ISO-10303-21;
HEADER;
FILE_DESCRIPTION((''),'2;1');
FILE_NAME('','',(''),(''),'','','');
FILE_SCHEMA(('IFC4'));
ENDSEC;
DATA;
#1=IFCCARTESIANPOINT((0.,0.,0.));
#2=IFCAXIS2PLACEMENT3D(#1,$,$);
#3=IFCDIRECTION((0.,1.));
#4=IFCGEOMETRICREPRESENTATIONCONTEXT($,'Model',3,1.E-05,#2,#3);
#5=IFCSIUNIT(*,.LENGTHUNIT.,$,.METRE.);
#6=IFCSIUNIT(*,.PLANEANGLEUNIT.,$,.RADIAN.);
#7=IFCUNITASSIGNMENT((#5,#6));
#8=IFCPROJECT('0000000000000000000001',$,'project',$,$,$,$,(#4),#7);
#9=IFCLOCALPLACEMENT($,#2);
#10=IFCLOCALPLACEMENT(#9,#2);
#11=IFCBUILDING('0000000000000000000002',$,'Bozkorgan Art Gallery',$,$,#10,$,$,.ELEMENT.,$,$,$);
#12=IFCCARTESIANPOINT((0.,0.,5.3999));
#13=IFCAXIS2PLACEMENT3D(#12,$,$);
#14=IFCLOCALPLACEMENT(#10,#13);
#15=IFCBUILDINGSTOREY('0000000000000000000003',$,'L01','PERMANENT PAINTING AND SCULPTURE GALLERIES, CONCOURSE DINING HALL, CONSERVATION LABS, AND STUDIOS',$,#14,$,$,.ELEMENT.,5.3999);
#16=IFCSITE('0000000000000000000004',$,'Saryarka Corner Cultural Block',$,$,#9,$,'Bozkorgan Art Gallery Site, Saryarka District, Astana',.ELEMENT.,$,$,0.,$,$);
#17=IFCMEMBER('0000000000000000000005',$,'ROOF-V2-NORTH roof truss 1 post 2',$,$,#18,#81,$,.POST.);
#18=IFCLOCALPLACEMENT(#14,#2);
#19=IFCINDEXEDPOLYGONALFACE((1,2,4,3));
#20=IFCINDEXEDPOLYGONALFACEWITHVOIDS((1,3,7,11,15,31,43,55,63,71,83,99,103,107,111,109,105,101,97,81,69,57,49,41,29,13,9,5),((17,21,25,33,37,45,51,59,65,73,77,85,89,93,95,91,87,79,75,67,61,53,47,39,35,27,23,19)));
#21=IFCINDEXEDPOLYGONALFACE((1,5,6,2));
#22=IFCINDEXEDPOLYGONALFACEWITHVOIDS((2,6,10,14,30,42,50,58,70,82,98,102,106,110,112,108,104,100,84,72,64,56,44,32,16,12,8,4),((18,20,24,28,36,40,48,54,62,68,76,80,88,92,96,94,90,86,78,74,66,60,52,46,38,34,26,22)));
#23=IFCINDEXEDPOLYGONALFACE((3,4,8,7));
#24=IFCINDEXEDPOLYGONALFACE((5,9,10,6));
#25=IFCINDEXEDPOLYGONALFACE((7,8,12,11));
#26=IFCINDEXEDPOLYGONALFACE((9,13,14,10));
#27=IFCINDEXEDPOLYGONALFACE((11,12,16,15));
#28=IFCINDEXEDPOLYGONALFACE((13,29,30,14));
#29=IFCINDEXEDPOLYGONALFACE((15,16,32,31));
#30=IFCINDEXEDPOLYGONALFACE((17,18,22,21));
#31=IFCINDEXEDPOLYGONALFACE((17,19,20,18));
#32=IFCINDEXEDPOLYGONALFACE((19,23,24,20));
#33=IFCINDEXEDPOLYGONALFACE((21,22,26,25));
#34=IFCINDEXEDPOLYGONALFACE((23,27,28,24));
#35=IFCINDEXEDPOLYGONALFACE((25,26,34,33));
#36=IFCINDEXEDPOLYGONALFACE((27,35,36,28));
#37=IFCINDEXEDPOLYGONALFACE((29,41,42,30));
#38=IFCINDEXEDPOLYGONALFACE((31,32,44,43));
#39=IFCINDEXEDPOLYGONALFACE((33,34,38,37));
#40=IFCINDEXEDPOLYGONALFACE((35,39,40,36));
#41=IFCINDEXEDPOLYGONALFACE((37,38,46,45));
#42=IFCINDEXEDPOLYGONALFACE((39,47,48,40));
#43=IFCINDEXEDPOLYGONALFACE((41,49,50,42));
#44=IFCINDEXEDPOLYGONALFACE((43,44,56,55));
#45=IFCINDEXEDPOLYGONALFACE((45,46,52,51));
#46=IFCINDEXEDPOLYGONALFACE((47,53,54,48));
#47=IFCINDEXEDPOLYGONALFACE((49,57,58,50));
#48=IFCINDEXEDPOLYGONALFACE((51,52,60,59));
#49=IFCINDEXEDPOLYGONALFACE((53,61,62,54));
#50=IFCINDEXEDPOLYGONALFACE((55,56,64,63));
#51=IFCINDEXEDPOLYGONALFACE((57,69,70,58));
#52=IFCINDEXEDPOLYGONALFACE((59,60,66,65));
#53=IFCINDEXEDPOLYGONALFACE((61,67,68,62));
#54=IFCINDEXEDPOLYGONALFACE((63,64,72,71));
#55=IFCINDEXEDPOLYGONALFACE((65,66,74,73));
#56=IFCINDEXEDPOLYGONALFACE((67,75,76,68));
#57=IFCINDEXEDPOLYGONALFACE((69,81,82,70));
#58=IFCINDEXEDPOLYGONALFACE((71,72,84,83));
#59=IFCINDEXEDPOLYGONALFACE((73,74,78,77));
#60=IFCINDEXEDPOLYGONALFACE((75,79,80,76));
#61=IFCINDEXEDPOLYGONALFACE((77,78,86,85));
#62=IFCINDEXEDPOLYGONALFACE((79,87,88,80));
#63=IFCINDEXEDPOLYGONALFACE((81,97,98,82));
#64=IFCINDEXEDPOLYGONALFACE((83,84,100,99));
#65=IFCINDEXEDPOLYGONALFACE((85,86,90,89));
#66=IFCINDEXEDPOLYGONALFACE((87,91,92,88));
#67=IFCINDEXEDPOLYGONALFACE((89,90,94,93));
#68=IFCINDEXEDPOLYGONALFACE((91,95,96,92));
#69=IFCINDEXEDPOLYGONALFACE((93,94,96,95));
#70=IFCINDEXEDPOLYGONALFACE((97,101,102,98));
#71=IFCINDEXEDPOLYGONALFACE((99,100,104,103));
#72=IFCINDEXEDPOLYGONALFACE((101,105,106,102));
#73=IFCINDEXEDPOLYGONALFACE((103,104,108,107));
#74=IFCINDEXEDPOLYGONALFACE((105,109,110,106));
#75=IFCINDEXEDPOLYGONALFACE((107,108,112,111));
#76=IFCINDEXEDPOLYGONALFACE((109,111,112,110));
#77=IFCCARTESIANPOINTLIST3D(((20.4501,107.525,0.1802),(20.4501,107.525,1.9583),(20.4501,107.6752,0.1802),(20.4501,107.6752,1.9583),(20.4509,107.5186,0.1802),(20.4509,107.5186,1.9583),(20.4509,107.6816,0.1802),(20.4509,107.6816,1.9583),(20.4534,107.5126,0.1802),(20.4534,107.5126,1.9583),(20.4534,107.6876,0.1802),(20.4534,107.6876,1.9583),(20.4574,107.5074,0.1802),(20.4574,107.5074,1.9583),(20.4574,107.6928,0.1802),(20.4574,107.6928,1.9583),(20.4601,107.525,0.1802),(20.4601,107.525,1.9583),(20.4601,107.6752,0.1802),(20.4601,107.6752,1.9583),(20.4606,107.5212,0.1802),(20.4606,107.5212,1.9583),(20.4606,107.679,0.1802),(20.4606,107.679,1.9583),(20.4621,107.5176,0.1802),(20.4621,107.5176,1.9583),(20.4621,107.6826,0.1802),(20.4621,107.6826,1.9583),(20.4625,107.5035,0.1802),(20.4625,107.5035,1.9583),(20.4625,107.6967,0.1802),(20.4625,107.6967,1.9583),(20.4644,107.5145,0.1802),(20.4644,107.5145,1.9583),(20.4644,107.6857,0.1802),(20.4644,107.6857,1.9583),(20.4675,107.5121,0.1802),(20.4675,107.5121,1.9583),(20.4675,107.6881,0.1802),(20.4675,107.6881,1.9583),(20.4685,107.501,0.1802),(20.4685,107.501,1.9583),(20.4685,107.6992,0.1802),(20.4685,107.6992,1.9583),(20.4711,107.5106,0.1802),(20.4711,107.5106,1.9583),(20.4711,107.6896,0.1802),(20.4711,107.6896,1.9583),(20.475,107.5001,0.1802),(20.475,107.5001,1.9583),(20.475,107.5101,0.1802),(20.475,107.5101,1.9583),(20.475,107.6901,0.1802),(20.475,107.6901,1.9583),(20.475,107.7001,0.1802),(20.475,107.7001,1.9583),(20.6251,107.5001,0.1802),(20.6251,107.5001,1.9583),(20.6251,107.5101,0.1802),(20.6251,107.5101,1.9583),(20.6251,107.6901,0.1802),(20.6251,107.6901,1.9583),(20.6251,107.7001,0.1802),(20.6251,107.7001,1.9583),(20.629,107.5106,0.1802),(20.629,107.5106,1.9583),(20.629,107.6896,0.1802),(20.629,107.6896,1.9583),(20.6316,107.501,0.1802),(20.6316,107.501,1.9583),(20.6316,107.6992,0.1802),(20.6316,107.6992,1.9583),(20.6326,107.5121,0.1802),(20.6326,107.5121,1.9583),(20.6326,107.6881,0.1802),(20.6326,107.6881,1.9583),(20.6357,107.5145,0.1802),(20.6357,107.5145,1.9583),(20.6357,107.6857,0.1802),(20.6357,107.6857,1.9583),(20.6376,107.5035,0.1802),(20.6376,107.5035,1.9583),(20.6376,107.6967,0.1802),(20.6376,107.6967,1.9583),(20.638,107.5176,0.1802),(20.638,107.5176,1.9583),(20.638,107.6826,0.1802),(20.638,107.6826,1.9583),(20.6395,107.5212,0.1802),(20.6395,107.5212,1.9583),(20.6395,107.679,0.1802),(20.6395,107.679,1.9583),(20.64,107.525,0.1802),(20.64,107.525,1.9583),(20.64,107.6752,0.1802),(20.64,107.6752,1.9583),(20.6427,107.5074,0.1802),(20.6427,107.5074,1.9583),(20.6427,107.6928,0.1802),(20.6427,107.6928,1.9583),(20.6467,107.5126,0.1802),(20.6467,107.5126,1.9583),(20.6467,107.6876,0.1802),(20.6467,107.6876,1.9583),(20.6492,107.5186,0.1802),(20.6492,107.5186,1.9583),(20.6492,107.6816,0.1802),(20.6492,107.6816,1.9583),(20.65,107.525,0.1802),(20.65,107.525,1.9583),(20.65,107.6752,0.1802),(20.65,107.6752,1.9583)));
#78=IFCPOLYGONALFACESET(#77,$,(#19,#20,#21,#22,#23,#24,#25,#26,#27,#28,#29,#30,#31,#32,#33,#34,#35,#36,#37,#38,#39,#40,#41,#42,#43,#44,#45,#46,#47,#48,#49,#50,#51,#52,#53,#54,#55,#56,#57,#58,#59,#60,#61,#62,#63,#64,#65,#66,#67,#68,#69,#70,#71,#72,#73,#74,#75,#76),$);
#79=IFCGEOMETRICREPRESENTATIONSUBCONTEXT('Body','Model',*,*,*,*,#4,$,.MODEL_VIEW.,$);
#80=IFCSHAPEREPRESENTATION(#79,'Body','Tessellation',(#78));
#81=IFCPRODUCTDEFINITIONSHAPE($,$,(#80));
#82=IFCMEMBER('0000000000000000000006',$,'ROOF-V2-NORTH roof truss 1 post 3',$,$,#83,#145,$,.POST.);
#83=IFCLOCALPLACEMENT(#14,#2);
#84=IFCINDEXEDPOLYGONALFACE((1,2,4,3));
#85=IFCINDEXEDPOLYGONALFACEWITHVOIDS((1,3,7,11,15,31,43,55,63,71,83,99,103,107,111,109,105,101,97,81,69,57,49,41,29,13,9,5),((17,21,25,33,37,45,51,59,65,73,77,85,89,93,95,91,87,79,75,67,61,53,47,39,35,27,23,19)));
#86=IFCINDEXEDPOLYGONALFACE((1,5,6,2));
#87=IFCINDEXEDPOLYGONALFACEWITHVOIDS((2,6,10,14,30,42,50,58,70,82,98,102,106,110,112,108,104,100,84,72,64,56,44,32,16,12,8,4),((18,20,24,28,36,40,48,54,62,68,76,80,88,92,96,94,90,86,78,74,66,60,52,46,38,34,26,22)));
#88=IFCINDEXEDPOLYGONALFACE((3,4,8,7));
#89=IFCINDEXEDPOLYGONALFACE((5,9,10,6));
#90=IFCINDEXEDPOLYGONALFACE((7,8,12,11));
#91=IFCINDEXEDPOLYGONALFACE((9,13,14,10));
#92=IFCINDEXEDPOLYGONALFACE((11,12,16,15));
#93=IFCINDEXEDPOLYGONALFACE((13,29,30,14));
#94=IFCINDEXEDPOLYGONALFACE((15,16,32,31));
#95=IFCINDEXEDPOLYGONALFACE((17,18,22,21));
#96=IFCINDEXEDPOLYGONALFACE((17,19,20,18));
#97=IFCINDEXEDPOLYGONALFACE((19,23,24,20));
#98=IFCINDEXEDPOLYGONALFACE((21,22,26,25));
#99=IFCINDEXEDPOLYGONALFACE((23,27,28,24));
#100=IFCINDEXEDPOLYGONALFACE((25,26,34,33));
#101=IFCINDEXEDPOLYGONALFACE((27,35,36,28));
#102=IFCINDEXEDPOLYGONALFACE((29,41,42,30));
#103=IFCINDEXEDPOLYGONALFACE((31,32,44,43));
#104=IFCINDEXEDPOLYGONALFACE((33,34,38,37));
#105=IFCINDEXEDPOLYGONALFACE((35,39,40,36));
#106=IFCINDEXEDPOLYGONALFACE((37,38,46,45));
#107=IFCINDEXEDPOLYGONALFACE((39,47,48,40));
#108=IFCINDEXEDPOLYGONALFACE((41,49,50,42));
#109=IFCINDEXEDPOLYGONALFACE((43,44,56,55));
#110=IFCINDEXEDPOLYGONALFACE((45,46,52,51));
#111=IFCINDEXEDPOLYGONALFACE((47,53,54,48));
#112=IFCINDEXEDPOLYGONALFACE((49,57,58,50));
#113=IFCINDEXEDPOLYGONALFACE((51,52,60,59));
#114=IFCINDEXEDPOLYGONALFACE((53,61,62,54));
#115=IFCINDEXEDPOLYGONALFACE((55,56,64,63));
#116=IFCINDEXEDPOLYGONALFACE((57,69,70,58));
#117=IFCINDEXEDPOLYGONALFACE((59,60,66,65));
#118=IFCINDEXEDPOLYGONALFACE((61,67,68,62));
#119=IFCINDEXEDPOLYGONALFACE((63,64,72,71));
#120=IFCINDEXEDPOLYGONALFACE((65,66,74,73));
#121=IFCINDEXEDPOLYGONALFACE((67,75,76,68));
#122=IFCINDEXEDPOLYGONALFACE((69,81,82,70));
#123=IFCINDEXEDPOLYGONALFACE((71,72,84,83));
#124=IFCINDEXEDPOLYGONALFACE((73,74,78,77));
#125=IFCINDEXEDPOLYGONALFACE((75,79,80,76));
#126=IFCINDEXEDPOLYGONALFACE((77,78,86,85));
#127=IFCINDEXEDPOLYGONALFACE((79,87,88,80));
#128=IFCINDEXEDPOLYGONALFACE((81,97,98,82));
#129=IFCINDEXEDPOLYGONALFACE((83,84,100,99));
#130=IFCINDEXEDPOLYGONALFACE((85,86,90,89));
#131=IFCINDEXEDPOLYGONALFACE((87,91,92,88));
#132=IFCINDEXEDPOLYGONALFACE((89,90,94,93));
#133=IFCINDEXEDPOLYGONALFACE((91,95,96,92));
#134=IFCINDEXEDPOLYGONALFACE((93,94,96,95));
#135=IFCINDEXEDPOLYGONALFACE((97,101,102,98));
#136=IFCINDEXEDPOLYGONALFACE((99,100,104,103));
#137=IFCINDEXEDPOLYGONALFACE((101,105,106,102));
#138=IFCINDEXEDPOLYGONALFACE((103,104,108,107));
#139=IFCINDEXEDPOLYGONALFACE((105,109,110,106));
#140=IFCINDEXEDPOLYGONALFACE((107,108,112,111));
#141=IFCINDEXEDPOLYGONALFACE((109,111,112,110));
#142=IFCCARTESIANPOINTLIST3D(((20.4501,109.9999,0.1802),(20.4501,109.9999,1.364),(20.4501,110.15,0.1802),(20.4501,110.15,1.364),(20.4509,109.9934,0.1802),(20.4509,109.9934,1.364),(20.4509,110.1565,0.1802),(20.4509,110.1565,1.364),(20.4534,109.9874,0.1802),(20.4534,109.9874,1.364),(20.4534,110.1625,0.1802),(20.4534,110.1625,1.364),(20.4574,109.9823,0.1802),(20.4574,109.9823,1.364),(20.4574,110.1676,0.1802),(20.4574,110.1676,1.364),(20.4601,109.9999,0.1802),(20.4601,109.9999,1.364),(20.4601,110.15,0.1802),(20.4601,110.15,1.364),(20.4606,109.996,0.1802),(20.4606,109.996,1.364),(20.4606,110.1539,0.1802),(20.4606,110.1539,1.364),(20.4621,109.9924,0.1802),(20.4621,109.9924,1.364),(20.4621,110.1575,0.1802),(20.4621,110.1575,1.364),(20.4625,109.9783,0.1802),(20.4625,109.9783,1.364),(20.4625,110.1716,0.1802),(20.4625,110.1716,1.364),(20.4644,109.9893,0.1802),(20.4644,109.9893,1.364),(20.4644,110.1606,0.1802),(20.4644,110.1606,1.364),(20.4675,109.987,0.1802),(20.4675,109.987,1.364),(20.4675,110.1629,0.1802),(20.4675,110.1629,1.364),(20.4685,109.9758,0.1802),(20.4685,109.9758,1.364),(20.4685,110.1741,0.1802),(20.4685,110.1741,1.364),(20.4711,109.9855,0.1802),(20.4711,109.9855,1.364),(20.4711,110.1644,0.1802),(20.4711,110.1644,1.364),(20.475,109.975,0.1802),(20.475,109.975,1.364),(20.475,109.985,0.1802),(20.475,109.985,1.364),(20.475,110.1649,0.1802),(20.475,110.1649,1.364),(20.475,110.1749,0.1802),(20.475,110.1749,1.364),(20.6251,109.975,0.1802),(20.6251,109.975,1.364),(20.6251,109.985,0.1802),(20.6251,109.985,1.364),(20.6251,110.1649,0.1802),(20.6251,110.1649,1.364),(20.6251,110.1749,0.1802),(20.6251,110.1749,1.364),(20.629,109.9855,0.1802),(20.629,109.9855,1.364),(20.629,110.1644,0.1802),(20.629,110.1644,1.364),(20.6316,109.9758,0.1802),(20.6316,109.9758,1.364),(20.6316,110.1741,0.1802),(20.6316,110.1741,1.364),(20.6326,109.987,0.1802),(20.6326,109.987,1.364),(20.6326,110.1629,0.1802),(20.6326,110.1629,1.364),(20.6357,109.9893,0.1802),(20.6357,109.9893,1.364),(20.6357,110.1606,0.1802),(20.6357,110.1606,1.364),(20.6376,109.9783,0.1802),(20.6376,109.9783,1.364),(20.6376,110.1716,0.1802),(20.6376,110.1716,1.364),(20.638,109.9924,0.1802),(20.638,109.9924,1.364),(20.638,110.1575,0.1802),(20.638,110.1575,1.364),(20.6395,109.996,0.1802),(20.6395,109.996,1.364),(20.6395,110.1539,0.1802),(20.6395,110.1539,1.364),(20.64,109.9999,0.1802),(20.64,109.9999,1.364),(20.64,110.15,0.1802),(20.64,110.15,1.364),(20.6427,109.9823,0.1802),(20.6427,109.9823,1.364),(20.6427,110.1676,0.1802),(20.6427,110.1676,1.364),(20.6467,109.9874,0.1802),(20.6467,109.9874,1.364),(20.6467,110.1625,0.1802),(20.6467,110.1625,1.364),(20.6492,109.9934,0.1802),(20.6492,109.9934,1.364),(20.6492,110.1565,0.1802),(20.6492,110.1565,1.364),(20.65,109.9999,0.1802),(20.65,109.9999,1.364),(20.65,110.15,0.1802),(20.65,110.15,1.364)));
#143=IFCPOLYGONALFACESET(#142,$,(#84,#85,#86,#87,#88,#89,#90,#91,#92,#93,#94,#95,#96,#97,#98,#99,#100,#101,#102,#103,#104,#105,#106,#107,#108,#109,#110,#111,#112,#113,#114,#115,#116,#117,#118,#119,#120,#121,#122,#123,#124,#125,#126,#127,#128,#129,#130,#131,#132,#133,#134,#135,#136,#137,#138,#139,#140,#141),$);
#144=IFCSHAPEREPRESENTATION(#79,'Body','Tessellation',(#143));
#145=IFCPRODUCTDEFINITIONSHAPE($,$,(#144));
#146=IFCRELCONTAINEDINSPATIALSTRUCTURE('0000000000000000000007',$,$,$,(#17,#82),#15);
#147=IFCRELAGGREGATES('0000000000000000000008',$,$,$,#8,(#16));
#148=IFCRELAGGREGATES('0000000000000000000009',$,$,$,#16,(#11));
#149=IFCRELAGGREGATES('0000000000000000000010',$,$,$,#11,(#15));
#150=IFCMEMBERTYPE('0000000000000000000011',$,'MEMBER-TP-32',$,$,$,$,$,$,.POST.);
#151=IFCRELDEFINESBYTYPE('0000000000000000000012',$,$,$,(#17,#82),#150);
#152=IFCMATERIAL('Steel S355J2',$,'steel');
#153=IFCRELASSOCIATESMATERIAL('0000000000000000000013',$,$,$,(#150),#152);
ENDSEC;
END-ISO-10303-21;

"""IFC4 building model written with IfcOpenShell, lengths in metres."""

from ifc_helpers import new_model, si_unit, direction, frame, origin, origin_2d, place, context, subcontext, project, spatial, hollow_rectangle, extrude, material, material_profile, profile_set, type_object, element, save


model = new_model("IFC4")

# Units and contexts
model_context = context("Model", 3, precision=1e-05, world=origin(), true_north=direction((0.0, 1.0)))
body_context = subcontext(model_context, "Body", "Model", "MODEL_VIEW")
ifc_project = project(units=[si_unit("LENGTHUNIT", "METRE"), si_unit("PLANEANGLEUNIT", "RADIAN")], contexts=[model_context])

# Site, building, storey
site_placement = place(None, origin())
site = spatial("IfcSite", under=ifc_project, at=site_placement, Name="Saryarka Corner Cultural Block", LongName="Bozkorgan Art Gallery Site, Saryarka District, Astana", CompositionType="ELEMENT", RefElevation=0.0)
building_placement = place(site_placement, origin())
building = spatial("IfcBuilding", under=site, at=building_placement, Name="Bozkorgan Art Gallery", CompositionType="ELEMENT")
storey_placement = place(building_placement, frame((0.0, 0.0, 5.3999)))
storey = spatial("IfcBuildingStorey", under=building, at=storey_placement, Name="L01", Description="PERMANENT PAINTING AND SCULPTURE GALLERIES, CONCOURSE DINING HALL, CONSERVATION LABS, AND STUDIOS", CompositionType="ELEMENT", Elevation=5.3999)

# Shared definitions
ifc_material_1 = material(Name="Steel S355J2", Category="steel")

# Members
ifc_material_profile_1 = material_profile(ifc_material_1, hollow_rectangle(XDim=0.2, YDim=0.2, WallThickness=0.01, InnerFilletRadius=0.0149, OuterFilletRadius=0.0249, at=origin_2d()), Name="SHS 200x200x10")
ifc_profile_set_1 = profile_set([ifc_material_profile_1], Name="Steel S355J2")
member_type_1 = type_object("IfcMemberType", Name="MEMBER-TP-32", PredefinedType="POST", material=ifc_profile_set_1)
member_1_placement = place(storey_placement, frame((20.55, 107.6001, 0.1802), z_axis=(0.0, 0.0, 1.0), x_axis=(1.0, 0.0, 0.0)))
element("IfcMember", 1, at=member_1_placement, inside=storey, type_object=member_type_1, Name="ROOF-V2-NORTH roof truss 1 post 2", PredefinedType="POST", context=body_context, shape_type="SweptSolid", body=[
    extrude(hollow_rectangle(XDim=0.2, YDim=0.2, WallThickness=0.01, InnerFilletRadius=0.0149, OuterFilletRadius=0.0249, at=origin_2d()), origin(), (0.0, 0.0, 1.0), 1.7781),
])
member_2_placement = place(storey_placement, frame((20.55, 110.075, 0.1802), z_axis=(0.0, 0.0, 1.0), x_axis=(1.0, 0.0, 0.0)))
element("IfcMember", 2, at=member_2_placement, inside=storey, type_object=member_type_1, Name="ROOF-V2-NORTH roof truss 1 post 3", PredefinedType="POST", context=body_context, shape_type="SweptSolid", body=[
    extrude(hollow_rectangle(XDim=0.2, YDim=0.2, WallThickness=0.01, InnerFilletRadius=0.0149, OuterFilletRadius=0.0249, at=origin_2d()), origin(), (0.0, 0.0, 1.0), 1.1838),
])

save(model, "model.ifc")
